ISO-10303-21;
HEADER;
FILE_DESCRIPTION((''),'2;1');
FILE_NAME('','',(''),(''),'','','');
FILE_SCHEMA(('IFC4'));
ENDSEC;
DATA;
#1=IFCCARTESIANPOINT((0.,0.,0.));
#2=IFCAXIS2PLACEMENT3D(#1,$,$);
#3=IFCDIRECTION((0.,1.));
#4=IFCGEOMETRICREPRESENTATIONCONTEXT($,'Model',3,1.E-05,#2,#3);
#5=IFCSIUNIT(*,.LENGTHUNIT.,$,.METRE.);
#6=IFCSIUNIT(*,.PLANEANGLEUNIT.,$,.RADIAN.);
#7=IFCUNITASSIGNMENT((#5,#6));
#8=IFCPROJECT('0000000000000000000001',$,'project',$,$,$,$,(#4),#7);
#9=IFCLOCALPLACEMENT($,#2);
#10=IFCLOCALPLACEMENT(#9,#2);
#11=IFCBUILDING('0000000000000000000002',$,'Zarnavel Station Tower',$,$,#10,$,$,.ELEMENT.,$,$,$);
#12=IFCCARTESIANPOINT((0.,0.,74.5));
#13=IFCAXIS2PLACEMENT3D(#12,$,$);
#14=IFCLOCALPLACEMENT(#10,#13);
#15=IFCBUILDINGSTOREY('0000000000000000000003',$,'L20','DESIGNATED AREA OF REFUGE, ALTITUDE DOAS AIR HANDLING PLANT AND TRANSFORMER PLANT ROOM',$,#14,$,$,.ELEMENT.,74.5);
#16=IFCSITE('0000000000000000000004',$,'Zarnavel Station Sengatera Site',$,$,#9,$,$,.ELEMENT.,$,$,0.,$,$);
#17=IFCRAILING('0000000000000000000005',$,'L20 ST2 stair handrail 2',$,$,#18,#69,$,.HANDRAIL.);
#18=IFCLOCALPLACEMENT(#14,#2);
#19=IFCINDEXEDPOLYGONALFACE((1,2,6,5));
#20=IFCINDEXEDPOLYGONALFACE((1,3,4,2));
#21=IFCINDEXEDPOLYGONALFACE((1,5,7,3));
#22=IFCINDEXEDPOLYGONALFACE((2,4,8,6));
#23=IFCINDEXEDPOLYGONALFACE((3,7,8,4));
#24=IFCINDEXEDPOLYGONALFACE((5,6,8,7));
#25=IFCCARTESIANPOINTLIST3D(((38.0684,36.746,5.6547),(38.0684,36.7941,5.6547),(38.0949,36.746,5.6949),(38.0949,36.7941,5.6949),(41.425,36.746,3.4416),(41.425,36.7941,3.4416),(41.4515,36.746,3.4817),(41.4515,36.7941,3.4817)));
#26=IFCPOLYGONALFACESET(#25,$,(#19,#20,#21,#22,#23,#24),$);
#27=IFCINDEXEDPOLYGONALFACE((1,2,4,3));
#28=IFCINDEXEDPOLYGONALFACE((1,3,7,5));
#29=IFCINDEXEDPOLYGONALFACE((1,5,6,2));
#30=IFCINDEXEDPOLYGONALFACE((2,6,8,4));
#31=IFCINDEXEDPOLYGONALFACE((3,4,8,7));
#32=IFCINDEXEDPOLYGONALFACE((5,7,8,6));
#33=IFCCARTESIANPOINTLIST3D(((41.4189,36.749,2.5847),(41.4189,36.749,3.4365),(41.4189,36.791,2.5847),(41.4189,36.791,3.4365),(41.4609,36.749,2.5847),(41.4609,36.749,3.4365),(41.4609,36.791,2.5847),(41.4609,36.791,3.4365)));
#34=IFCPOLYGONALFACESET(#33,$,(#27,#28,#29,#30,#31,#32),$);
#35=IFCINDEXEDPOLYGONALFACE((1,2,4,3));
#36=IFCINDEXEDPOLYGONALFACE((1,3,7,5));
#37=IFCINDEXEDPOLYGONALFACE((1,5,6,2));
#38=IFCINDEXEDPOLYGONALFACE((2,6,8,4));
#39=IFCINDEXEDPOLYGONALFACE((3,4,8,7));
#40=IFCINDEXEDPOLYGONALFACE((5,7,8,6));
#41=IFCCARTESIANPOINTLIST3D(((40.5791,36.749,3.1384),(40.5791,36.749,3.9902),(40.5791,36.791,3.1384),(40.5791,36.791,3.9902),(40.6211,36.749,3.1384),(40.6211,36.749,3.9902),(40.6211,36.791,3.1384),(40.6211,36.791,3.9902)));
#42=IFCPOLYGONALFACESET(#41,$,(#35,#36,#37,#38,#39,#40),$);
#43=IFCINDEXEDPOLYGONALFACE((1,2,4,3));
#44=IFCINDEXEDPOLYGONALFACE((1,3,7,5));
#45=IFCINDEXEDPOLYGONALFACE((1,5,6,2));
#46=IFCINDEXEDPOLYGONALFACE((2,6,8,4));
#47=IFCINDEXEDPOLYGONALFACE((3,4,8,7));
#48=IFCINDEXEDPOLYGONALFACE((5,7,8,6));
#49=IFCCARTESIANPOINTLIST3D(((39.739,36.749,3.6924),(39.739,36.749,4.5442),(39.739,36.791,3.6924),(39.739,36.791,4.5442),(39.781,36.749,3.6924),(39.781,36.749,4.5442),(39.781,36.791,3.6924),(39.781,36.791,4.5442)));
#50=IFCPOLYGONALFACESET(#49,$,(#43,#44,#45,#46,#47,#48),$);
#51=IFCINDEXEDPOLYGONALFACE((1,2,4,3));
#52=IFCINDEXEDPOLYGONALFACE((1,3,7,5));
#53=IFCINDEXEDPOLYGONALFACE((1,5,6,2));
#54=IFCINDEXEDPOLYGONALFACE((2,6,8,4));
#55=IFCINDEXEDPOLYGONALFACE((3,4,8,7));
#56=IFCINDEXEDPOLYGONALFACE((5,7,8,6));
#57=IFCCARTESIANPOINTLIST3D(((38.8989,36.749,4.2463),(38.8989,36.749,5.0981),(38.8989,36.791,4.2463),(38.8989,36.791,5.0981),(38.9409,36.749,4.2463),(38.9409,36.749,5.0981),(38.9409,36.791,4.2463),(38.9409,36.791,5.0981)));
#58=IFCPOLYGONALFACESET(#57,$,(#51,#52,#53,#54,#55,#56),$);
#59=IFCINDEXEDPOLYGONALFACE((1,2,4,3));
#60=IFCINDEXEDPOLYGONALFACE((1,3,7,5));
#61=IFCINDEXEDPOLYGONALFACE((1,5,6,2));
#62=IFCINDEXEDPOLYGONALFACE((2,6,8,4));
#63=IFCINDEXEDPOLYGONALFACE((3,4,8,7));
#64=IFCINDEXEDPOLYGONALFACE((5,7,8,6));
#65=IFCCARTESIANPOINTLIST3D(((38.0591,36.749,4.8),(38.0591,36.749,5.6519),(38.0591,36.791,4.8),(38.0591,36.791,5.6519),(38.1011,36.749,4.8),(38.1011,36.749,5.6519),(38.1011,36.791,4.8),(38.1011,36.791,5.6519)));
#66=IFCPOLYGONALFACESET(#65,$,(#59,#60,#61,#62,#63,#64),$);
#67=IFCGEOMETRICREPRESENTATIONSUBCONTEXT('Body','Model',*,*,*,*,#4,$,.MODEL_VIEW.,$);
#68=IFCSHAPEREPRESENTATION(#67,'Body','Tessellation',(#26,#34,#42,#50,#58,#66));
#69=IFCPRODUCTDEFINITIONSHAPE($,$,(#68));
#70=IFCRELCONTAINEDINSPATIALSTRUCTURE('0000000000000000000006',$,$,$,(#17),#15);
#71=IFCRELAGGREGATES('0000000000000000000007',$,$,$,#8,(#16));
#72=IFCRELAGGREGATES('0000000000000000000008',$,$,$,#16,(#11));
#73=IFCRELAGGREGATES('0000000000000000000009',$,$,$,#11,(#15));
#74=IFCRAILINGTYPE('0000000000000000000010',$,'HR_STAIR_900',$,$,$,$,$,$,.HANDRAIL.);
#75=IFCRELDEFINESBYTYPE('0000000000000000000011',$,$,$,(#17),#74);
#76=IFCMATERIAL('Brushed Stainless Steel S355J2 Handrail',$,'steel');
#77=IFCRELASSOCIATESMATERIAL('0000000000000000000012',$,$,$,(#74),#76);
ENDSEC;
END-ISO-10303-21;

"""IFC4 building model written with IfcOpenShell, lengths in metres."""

from ifc_helpers import new_model, si_unit, direction, frame, origin, origin_2d, place, context, subcontext, project, spatial, rectangle, extrude, material, type_object, element, save


model = new_model("IFC4")

# Units and contexts
model_context = context("Model", 3, precision=1e-05, world=origin(), true_north=direction((0.0, 1.0)))
body_context = subcontext(model_context, "Body", "Model", "MODEL_VIEW")
ifc_project = project(units=[si_unit("LENGTHUNIT", "METRE"), si_unit("PLANEANGLEUNIT", "RADIAN")], contexts=[model_context])

# Site, building, storey
site_placement = place(None, origin())
site = spatial("IfcSite", under=ifc_project, at=site_placement, Name="Zarnavel Station Sengatera Site", CompositionType="ELEMENT", RefElevation=0.0)
building_placement = place(site_placement, origin())
building = spatial("IfcBuilding", under=site, at=building_placement, Name="Zarnavel Station Tower", CompositionType="ELEMENT")
storey_placement = place(building_placement, frame((0.0, 0.0, 74.5)))
storey = spatial("IfcBuildingStorey", under=building, at=storey_placement, Name="L20", Description="DESIGNATED AREA OF REFUGE, ALTITUDE DOAS AIR HANDLING PLANT AND TRANSFORMER PLANT ROOM", CompositionType="ELEMENT", Elevation=74.5)

# Railing
ifc_material_1 = material(Name="Brushed Stainless Steel S355J2 Handrail", Category="steel")
railing_type_1 = type_object("IfcRailingType", Name="HR_STAIR_900", PredefinedType="HANDRAIL", material=ifc_material_1)
railing_1_placement = place(storey_placement, frame((41.4399, 36.77, 2.5847)))
element("IfcRailing", 1, at=railing_1_placement, inside=storey, type_object=railing_type_1, Name="L20 ST2 stair handrail 2", PredefinedType="HANDRAIL", context=body_context, shape_type="SweptSolid", body=[
    extrude(rectangle(XDim=0.0481, YDim=0.0481, at=origin_2d()), frame((-0.0017, 0.0, 0.877), z_axis=(-0.834858, 0.0, 0.550465), x_axis=(0.0, -1.0, 0.0)), (0.0, 0.0, 1.0), 4.0205),
    extrude(rectangle(XDim=0.042, YDim=0.042, at=origin_2d()), origin(), (0.0, 0.0, 1.0), 0.8518),
    extrude(rectangle(XDim=0.042, YDim=0.042, at=origin_2d()), frame((-0.8398, 0.0, 0.5537)), (0.0, 0.0, 1.0), 0.8518),
    extrude(rectangle(XDim=0.042, YDim=0.042, at=origin_2d()), frame((-1.6799, 0.0, 1.1077)), (0.0, 0.0, 1.0), 0.8518),
    extrude(rectangle(XDim=0.042, YDim=0.042, at=origin_2d()), frame((-2.52, 0.0, 1.6616)), (0.0, 0.0, 1.0), 0.8518),
    extrude(rectangle(XDim=0.042, YDim=0.042, at=origin_2d()), frame((-3.3599, 0.0, 2.2153)), (0.0, 0.0, 1.0), 0.8518),
])

save(model, "model.ifc")
